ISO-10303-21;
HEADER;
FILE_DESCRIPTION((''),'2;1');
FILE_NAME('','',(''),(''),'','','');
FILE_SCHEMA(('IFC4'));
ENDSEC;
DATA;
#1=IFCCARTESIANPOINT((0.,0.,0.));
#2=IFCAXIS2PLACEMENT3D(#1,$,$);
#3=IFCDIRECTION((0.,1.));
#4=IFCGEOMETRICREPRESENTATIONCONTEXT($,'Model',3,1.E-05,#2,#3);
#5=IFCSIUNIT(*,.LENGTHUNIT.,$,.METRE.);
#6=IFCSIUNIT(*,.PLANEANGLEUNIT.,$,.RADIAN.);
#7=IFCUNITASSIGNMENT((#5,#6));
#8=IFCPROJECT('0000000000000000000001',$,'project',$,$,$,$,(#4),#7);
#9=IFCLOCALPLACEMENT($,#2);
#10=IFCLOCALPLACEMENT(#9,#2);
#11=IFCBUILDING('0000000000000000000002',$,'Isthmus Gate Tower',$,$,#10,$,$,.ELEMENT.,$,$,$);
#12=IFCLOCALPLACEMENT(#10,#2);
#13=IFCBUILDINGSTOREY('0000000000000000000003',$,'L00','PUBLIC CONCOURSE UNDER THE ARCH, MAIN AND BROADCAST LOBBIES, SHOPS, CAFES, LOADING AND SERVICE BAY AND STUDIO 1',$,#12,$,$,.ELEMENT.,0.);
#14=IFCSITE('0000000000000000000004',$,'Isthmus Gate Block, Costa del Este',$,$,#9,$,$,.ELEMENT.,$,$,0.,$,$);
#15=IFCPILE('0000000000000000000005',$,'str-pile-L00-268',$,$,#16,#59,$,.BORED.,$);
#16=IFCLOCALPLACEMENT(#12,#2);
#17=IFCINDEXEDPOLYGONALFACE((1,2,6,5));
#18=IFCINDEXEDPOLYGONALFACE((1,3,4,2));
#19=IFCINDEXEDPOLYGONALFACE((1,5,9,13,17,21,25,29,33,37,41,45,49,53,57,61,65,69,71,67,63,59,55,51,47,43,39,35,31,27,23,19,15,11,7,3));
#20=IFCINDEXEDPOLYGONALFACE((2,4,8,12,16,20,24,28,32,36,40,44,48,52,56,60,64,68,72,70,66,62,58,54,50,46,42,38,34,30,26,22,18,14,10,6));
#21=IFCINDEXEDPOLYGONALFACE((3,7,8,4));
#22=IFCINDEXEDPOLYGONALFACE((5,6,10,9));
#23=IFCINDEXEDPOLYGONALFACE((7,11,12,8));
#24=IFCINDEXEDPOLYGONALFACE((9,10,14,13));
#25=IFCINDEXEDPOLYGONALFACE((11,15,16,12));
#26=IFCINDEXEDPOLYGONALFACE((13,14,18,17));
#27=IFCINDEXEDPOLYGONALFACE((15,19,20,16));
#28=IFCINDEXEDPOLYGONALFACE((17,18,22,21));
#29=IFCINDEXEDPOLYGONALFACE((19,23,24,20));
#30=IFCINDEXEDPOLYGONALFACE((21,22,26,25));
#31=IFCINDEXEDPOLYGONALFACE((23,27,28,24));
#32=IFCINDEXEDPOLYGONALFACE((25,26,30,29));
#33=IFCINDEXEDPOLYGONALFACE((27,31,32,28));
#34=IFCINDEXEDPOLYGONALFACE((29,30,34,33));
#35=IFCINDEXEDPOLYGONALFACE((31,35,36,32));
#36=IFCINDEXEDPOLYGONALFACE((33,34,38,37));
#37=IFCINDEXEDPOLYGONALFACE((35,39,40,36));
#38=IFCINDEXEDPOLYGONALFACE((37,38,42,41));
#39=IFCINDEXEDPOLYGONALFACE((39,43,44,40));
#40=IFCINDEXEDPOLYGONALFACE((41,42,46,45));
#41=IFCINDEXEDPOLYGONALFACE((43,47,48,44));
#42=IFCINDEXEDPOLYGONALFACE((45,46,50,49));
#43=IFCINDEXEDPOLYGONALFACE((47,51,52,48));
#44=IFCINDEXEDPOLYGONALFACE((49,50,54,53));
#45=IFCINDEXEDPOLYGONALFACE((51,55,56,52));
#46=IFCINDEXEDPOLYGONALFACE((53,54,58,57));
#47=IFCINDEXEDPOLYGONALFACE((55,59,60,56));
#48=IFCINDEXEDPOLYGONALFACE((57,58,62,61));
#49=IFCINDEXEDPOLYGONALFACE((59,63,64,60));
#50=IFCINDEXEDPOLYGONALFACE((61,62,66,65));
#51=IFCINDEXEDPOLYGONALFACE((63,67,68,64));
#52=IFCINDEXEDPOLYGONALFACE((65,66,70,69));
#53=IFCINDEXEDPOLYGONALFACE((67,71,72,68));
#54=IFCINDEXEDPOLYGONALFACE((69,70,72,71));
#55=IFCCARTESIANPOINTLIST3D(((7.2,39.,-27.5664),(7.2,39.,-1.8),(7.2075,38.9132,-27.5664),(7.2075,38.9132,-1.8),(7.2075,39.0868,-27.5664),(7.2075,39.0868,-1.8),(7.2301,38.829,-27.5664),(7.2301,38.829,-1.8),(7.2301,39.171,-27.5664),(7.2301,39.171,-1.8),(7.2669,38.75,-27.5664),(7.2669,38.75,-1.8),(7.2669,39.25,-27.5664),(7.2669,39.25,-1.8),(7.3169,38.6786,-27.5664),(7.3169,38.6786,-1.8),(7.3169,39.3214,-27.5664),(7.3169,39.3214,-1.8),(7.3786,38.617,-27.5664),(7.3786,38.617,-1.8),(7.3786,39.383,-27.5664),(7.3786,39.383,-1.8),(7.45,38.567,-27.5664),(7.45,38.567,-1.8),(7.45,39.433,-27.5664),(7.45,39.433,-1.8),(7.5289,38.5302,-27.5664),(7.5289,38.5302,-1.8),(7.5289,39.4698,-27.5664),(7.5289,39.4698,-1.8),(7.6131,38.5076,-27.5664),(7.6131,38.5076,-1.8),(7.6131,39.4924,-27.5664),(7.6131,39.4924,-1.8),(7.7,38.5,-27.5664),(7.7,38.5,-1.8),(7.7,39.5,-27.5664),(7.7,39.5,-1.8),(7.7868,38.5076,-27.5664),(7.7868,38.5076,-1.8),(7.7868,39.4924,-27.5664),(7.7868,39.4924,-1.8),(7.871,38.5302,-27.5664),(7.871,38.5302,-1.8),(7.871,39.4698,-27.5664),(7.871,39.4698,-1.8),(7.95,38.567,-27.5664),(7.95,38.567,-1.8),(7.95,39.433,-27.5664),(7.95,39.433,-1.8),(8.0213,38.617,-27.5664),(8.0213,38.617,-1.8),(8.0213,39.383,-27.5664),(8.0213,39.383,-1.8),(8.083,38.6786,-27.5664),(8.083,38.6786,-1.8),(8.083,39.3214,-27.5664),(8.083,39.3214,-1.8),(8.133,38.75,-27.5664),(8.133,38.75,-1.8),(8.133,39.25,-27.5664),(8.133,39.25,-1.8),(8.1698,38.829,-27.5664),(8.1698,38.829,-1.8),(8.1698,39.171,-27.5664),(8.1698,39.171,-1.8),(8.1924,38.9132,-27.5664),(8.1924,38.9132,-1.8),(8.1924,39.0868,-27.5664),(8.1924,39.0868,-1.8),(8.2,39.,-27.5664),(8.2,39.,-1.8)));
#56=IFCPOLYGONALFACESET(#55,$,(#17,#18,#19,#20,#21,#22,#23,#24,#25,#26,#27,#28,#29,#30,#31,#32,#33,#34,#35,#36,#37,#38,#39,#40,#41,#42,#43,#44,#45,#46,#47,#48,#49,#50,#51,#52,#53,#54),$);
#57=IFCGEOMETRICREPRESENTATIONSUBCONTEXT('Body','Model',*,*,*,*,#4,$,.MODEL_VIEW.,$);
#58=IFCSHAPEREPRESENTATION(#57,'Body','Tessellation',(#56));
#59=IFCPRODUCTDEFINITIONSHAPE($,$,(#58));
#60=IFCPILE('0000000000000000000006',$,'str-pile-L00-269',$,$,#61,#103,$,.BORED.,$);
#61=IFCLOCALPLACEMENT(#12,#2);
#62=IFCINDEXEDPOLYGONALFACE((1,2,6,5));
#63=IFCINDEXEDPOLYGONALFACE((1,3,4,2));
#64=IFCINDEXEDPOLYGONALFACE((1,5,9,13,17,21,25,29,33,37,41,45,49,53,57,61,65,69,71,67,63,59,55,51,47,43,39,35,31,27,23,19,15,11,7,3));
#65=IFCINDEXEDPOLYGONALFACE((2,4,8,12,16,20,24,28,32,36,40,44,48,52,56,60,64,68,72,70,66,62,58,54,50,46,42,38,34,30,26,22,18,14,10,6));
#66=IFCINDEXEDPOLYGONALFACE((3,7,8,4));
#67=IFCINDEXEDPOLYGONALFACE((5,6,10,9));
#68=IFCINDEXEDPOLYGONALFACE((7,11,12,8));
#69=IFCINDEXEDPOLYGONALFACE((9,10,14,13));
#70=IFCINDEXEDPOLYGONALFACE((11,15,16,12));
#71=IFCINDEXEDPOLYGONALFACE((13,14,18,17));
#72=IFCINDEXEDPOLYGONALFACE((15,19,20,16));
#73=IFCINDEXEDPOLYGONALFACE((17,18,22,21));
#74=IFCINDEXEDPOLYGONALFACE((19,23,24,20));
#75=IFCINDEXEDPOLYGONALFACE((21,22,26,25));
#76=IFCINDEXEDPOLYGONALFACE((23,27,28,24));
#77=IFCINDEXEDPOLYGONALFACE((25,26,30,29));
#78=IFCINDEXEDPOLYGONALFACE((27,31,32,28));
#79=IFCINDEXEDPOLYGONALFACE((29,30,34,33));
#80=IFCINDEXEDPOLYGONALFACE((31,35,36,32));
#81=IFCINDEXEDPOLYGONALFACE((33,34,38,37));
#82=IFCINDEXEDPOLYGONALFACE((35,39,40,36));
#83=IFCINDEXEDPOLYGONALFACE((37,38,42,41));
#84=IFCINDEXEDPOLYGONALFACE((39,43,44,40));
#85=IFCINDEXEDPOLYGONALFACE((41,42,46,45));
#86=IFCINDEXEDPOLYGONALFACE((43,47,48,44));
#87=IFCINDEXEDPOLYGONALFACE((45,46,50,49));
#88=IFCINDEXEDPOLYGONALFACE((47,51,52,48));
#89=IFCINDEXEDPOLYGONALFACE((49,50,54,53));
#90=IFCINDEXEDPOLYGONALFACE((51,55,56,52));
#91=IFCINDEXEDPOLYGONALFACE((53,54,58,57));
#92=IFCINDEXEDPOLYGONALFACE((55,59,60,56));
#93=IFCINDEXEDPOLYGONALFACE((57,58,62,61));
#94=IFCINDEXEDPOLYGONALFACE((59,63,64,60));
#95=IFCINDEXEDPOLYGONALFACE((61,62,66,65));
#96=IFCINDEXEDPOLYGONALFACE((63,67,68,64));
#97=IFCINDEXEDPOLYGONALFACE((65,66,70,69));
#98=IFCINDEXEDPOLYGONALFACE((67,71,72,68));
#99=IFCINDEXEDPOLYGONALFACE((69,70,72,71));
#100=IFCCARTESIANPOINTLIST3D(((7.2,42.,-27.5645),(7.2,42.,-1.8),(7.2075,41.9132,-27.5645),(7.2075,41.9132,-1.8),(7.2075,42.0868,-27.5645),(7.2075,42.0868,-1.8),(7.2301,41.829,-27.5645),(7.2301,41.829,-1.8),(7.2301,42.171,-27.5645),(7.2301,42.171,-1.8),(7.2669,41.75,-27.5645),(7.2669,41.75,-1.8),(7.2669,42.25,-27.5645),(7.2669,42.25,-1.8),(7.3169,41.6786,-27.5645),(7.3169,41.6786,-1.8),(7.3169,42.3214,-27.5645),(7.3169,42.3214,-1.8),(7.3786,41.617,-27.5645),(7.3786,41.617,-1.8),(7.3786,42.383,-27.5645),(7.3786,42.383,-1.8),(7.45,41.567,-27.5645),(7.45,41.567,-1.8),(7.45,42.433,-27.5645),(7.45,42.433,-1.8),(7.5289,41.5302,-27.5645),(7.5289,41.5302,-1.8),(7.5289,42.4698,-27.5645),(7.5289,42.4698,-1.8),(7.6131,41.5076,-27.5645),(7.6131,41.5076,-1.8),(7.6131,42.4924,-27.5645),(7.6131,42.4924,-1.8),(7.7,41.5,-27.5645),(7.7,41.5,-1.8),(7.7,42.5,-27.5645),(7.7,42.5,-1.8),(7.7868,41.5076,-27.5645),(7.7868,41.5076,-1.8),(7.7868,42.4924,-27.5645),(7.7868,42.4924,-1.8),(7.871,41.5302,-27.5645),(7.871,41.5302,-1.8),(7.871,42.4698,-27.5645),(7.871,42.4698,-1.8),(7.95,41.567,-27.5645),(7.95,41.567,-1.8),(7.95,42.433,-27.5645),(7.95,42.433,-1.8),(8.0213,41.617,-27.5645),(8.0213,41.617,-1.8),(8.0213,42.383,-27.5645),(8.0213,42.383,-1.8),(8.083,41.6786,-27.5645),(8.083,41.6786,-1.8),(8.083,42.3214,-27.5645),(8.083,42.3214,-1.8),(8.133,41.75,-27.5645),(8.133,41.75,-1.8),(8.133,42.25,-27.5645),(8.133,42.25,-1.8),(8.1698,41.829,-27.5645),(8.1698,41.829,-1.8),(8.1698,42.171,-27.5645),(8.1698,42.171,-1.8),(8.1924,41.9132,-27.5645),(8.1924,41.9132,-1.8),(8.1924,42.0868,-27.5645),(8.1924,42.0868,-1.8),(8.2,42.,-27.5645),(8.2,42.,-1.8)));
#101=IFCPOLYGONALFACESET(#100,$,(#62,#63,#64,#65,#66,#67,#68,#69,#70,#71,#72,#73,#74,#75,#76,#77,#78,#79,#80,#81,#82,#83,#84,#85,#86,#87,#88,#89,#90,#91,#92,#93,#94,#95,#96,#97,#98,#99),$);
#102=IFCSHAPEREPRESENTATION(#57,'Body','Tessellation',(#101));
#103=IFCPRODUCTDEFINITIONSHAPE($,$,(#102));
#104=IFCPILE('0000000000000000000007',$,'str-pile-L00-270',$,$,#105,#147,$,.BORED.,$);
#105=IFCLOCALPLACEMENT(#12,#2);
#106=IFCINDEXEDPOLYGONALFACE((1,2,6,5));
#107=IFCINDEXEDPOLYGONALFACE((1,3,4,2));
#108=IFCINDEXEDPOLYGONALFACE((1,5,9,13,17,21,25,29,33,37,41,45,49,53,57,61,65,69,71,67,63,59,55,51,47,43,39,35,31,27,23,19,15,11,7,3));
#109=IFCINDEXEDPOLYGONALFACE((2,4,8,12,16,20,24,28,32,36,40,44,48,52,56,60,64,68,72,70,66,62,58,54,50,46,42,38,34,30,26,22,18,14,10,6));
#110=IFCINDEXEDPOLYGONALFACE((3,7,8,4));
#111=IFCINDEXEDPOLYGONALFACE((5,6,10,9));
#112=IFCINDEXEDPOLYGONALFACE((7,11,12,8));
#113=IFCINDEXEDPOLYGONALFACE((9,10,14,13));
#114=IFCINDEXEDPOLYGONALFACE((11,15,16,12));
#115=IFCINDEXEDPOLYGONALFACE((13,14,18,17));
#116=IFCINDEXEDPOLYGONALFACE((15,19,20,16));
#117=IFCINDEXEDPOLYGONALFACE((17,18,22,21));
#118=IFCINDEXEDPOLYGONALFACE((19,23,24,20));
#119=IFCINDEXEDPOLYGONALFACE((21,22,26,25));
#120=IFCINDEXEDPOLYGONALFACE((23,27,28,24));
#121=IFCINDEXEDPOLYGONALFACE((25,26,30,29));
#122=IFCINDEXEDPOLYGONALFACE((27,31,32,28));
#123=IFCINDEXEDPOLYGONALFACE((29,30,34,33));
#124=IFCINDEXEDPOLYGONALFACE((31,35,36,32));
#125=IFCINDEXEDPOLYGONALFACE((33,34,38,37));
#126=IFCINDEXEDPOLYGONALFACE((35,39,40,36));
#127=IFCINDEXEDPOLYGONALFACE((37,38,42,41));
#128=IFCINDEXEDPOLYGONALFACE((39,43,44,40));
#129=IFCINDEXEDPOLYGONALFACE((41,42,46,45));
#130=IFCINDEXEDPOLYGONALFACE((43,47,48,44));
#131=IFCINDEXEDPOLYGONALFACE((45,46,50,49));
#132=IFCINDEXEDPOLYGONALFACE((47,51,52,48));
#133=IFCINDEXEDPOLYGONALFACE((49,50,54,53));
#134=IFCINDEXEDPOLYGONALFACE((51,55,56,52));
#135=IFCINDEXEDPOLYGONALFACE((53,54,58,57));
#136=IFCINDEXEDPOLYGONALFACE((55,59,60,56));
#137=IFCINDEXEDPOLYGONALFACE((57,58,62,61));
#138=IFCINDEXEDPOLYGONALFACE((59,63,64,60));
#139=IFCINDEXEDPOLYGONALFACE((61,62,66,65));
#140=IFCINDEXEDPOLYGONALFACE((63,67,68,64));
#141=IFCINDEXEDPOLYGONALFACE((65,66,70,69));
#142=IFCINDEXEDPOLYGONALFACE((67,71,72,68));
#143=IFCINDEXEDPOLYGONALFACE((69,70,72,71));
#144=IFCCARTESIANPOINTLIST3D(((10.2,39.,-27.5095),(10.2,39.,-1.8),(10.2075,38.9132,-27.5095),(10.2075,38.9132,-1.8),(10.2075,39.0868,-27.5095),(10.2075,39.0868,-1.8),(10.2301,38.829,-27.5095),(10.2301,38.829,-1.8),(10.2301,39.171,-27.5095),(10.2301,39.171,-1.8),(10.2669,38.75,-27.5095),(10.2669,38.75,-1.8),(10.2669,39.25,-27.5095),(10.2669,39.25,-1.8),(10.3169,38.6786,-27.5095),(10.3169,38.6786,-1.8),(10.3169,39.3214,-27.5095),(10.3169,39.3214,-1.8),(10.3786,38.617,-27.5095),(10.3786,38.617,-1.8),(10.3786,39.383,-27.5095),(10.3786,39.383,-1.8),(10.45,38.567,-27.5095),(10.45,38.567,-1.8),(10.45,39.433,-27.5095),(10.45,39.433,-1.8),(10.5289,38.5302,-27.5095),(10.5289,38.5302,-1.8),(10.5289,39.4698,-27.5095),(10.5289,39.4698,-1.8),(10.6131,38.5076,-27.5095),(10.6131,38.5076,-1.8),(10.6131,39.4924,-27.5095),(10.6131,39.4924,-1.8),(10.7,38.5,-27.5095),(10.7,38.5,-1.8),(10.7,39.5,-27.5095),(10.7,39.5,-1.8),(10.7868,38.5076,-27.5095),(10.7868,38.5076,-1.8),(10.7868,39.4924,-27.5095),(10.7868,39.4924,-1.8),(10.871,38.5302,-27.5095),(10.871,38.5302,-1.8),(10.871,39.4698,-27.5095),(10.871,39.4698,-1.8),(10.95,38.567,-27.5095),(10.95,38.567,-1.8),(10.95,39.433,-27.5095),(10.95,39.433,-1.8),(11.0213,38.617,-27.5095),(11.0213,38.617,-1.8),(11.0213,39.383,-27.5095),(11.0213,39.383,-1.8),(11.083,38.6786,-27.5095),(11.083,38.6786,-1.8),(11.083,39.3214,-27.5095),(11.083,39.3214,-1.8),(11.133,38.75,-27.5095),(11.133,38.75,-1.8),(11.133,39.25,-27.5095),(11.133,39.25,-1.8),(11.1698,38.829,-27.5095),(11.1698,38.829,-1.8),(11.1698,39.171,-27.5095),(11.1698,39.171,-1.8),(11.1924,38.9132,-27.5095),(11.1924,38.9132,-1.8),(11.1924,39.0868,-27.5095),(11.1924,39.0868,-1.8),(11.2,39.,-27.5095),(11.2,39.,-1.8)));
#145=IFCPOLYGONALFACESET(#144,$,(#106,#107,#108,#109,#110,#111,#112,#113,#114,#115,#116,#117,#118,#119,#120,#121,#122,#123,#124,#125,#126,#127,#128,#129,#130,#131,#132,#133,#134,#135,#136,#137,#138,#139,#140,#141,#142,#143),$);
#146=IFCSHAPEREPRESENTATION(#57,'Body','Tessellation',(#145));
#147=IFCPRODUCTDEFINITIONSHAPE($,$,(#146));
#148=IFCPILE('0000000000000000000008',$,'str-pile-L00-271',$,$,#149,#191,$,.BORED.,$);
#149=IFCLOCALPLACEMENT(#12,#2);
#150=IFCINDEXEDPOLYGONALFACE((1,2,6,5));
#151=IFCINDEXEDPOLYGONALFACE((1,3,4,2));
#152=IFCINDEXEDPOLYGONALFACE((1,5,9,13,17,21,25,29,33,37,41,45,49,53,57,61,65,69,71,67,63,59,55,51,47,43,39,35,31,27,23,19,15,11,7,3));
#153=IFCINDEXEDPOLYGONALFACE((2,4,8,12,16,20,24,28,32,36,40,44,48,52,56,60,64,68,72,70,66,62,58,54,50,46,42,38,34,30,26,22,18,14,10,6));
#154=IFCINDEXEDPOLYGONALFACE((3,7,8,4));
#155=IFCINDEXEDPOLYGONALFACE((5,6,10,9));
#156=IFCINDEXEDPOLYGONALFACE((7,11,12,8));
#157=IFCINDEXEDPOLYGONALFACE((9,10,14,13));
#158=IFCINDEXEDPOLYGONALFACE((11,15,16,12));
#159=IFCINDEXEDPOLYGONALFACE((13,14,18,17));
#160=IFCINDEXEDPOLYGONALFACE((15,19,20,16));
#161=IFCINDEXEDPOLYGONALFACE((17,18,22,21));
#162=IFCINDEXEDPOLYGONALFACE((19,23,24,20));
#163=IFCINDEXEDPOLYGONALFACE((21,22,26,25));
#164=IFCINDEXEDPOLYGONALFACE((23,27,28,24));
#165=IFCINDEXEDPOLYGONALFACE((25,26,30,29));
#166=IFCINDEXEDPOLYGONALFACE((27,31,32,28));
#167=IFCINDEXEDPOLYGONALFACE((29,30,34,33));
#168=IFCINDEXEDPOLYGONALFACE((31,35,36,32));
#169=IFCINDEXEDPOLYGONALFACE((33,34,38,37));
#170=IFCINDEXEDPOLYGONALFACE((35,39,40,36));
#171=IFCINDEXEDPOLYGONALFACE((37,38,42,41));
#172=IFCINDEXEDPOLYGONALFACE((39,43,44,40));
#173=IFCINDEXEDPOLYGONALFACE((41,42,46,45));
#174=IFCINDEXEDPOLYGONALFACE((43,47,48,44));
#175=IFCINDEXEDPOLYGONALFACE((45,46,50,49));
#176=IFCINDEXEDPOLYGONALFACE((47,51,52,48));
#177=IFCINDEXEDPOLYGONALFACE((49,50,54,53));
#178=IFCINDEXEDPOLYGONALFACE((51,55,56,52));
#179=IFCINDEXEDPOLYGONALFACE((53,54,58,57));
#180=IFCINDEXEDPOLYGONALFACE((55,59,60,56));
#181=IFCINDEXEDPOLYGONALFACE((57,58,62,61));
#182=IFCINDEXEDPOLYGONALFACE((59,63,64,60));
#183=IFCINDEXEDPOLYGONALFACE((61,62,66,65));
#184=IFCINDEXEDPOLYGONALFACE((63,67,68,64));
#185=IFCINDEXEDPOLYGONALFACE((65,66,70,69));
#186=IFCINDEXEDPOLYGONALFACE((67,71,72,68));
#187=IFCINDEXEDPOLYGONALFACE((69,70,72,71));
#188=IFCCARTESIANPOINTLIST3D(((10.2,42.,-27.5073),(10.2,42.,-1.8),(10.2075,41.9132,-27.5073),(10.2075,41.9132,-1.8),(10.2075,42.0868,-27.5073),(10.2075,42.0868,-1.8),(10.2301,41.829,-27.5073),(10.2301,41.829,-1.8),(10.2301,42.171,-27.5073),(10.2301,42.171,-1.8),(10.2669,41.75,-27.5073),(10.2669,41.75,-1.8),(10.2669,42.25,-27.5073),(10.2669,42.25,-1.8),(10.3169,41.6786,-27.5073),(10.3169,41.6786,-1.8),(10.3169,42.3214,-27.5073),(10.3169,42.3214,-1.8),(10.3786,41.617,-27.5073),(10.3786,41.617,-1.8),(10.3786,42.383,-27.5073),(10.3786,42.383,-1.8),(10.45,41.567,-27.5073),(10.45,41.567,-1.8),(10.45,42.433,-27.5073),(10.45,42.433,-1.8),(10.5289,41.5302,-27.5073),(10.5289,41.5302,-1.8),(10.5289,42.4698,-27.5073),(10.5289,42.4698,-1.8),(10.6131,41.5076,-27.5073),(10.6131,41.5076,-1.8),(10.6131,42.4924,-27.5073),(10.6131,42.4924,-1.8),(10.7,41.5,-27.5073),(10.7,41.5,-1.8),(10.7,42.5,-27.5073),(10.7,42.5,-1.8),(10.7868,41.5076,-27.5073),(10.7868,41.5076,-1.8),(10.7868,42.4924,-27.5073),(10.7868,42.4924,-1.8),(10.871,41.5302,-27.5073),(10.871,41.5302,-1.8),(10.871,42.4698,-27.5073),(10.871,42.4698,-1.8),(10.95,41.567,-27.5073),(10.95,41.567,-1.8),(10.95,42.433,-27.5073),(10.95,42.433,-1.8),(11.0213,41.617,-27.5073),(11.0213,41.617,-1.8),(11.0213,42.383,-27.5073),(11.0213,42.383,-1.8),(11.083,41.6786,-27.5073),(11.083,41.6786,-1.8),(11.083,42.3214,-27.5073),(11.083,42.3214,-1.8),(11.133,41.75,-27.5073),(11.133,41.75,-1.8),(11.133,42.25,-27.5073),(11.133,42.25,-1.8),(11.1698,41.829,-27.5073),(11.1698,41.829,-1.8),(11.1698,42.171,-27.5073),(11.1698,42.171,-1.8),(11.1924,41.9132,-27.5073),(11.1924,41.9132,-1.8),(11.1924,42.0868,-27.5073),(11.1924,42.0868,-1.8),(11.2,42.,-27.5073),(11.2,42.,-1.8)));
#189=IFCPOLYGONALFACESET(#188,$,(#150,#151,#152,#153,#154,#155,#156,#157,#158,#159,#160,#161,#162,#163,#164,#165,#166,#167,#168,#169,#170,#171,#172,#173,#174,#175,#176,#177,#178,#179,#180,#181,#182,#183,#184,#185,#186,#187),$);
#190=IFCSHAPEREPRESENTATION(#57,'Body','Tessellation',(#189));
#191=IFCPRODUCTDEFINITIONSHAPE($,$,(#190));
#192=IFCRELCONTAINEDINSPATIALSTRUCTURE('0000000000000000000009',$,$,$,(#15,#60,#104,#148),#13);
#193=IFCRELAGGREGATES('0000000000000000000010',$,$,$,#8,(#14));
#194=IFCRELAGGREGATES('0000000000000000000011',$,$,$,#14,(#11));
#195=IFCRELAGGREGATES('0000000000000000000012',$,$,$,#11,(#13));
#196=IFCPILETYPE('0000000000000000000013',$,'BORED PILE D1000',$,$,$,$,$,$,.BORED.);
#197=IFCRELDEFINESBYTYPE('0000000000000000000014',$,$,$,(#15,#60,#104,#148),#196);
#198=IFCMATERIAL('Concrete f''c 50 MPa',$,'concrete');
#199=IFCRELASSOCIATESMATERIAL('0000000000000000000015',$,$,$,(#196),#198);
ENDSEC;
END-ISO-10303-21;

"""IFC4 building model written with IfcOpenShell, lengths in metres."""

from ifc_helpers import new_model, si_unit, direction, frame, origin, origin_2d, place, context, subcontext, project, spatial, circle, extrude, material, material_profile, profile_set, type_object, element, save


model = new_model("IFC4")

# Units and contexts
model_context = context("Model", 3, precision=1e-05, world=origin(), true_north=direction((0.0, 1.0)))
body_context = subcontext(model_context, "Body", "Model", "MODEL_VIEW")
ifc_project = project(units=[si_unit("LENGTHUNIT", "METRE"), si_unit("PLANEANGLEUNIT", "RADIAN")], contexts=[model_context])

# Site, building, storey
site_placement = place(None, origin())
site = spatial("IfcSite", under=ifc_project, at=site_placement, Name="Isthmus Gate Block, Costa del Este", CompositionType="ELEMENT", RefElevation=0.0)
building_placement = place(site_placement, origin())
building = spatial("IfcBuilding", under=site, at=building_placement, Name="Isthmus Gate Tower", CompositionType="ELEMENT")
storey_placement = place(building_placement, origin())
storey = spatial("IfcBuildingStorey", under=building, at=storey_placement, Name="L00", Description="PUBLIC CONCOURSE UNDER THE ARCH, MAIN AND BROADCAST LOBBIES, SHOPS, CAFES, LOADING AND SERVICE BAY AND STUDIO 1", CompositionType="ELEMENT", Elevation=0.0)

# Piles
ifc_material_1 = material(Name="Concrete f'c 50 MPa", Category="concrete")
ifc_material_profile_1 = material_profile(ifc_material_1, circle(Radius=0.5, at=origin_2d()), Name="D1000")
ifc_profile_set_1 = profile_set([ifc_material_profile_1], Name="Concrete f'c 50 MPa")
pile_type_1 = type_object("IfcPileType", Name="BORED PILE D1000", PredefinedType="BORED", material=ifc_profile_set_1)
pile_1_placement = place(storey_placement, frame((7.7, 39.0, -1.8), z_axis=(0.0, 0.0, -1.0), x_axis=(1.0, 0.0, 0.0)))
element("IfcPile", 1, at=pile_1_placement, inside=storey, type_object=pile_type_1, Name="str-pile-L00-268", PredefinedType="BORED", context=body_context, shape_type="SweptSolid", body=[
    extrude(circle(Radius=0.5, at=origin_2d()), origin(), (0.0, 0.0, 1.0), 25.7664),
])
pile_2_placement = place(storey_placement, frame((7.7, 42.0, -1.8), z_axis=(0.0, 0.0, -1.0), x_axis=(1.0, 0.0, 0.0)))
element("IfcPile", 2, at=pile_2_placement, inside=storey, type_object=pile_type_1, Name="str-pile-L00-269", PredefinedType="BORED", context=body_context, shape_type="SweptSolid", body=[
    extrude(circle(Radius=0.5, at=origin_2d()), origin(), (0.0, 0.0, 1.0), 25.7644),
])
pile_3_placement = place(storey_placement, frame((10.7, 39.0, -1.8), z_axis=(0.0, 0.0, -1.0), x_axis=(1.0, 0.0, 0.0)))
element("IfcPile", 3, at=pile_3_placement, inside=storey, type_object=pile_type_1, Name="str-pile-L00-270", PredefinedType="BORED", context=body_context, shape_type="SweptSolid", body=[
    extrude(circle(Radius=0.5, at=origin_2d()), origin(), (0.0, 0.0, 1.0), 25.7095),
])
pile_4_placement = place(storey_placement, frame((10.7, 42.0, -1.8), z_axis=(0.0, 0.0, -1.0), x_axis=(1.0, 0.0, 0.0)))
element("IfcPile", 4, at=pile_4_placement, inside=storey, type_object=pile_type_1, Name="str-pile-L00-271", PredefinedType="BORED", context=body_context, shape_type="SweptSolid", body=[
    extrude(circle(Radius=0.5, at=origin_2d()), origin(), (0.0, 0.0, 1.0), 25.7073),
])

save(model, "model.ifc")
